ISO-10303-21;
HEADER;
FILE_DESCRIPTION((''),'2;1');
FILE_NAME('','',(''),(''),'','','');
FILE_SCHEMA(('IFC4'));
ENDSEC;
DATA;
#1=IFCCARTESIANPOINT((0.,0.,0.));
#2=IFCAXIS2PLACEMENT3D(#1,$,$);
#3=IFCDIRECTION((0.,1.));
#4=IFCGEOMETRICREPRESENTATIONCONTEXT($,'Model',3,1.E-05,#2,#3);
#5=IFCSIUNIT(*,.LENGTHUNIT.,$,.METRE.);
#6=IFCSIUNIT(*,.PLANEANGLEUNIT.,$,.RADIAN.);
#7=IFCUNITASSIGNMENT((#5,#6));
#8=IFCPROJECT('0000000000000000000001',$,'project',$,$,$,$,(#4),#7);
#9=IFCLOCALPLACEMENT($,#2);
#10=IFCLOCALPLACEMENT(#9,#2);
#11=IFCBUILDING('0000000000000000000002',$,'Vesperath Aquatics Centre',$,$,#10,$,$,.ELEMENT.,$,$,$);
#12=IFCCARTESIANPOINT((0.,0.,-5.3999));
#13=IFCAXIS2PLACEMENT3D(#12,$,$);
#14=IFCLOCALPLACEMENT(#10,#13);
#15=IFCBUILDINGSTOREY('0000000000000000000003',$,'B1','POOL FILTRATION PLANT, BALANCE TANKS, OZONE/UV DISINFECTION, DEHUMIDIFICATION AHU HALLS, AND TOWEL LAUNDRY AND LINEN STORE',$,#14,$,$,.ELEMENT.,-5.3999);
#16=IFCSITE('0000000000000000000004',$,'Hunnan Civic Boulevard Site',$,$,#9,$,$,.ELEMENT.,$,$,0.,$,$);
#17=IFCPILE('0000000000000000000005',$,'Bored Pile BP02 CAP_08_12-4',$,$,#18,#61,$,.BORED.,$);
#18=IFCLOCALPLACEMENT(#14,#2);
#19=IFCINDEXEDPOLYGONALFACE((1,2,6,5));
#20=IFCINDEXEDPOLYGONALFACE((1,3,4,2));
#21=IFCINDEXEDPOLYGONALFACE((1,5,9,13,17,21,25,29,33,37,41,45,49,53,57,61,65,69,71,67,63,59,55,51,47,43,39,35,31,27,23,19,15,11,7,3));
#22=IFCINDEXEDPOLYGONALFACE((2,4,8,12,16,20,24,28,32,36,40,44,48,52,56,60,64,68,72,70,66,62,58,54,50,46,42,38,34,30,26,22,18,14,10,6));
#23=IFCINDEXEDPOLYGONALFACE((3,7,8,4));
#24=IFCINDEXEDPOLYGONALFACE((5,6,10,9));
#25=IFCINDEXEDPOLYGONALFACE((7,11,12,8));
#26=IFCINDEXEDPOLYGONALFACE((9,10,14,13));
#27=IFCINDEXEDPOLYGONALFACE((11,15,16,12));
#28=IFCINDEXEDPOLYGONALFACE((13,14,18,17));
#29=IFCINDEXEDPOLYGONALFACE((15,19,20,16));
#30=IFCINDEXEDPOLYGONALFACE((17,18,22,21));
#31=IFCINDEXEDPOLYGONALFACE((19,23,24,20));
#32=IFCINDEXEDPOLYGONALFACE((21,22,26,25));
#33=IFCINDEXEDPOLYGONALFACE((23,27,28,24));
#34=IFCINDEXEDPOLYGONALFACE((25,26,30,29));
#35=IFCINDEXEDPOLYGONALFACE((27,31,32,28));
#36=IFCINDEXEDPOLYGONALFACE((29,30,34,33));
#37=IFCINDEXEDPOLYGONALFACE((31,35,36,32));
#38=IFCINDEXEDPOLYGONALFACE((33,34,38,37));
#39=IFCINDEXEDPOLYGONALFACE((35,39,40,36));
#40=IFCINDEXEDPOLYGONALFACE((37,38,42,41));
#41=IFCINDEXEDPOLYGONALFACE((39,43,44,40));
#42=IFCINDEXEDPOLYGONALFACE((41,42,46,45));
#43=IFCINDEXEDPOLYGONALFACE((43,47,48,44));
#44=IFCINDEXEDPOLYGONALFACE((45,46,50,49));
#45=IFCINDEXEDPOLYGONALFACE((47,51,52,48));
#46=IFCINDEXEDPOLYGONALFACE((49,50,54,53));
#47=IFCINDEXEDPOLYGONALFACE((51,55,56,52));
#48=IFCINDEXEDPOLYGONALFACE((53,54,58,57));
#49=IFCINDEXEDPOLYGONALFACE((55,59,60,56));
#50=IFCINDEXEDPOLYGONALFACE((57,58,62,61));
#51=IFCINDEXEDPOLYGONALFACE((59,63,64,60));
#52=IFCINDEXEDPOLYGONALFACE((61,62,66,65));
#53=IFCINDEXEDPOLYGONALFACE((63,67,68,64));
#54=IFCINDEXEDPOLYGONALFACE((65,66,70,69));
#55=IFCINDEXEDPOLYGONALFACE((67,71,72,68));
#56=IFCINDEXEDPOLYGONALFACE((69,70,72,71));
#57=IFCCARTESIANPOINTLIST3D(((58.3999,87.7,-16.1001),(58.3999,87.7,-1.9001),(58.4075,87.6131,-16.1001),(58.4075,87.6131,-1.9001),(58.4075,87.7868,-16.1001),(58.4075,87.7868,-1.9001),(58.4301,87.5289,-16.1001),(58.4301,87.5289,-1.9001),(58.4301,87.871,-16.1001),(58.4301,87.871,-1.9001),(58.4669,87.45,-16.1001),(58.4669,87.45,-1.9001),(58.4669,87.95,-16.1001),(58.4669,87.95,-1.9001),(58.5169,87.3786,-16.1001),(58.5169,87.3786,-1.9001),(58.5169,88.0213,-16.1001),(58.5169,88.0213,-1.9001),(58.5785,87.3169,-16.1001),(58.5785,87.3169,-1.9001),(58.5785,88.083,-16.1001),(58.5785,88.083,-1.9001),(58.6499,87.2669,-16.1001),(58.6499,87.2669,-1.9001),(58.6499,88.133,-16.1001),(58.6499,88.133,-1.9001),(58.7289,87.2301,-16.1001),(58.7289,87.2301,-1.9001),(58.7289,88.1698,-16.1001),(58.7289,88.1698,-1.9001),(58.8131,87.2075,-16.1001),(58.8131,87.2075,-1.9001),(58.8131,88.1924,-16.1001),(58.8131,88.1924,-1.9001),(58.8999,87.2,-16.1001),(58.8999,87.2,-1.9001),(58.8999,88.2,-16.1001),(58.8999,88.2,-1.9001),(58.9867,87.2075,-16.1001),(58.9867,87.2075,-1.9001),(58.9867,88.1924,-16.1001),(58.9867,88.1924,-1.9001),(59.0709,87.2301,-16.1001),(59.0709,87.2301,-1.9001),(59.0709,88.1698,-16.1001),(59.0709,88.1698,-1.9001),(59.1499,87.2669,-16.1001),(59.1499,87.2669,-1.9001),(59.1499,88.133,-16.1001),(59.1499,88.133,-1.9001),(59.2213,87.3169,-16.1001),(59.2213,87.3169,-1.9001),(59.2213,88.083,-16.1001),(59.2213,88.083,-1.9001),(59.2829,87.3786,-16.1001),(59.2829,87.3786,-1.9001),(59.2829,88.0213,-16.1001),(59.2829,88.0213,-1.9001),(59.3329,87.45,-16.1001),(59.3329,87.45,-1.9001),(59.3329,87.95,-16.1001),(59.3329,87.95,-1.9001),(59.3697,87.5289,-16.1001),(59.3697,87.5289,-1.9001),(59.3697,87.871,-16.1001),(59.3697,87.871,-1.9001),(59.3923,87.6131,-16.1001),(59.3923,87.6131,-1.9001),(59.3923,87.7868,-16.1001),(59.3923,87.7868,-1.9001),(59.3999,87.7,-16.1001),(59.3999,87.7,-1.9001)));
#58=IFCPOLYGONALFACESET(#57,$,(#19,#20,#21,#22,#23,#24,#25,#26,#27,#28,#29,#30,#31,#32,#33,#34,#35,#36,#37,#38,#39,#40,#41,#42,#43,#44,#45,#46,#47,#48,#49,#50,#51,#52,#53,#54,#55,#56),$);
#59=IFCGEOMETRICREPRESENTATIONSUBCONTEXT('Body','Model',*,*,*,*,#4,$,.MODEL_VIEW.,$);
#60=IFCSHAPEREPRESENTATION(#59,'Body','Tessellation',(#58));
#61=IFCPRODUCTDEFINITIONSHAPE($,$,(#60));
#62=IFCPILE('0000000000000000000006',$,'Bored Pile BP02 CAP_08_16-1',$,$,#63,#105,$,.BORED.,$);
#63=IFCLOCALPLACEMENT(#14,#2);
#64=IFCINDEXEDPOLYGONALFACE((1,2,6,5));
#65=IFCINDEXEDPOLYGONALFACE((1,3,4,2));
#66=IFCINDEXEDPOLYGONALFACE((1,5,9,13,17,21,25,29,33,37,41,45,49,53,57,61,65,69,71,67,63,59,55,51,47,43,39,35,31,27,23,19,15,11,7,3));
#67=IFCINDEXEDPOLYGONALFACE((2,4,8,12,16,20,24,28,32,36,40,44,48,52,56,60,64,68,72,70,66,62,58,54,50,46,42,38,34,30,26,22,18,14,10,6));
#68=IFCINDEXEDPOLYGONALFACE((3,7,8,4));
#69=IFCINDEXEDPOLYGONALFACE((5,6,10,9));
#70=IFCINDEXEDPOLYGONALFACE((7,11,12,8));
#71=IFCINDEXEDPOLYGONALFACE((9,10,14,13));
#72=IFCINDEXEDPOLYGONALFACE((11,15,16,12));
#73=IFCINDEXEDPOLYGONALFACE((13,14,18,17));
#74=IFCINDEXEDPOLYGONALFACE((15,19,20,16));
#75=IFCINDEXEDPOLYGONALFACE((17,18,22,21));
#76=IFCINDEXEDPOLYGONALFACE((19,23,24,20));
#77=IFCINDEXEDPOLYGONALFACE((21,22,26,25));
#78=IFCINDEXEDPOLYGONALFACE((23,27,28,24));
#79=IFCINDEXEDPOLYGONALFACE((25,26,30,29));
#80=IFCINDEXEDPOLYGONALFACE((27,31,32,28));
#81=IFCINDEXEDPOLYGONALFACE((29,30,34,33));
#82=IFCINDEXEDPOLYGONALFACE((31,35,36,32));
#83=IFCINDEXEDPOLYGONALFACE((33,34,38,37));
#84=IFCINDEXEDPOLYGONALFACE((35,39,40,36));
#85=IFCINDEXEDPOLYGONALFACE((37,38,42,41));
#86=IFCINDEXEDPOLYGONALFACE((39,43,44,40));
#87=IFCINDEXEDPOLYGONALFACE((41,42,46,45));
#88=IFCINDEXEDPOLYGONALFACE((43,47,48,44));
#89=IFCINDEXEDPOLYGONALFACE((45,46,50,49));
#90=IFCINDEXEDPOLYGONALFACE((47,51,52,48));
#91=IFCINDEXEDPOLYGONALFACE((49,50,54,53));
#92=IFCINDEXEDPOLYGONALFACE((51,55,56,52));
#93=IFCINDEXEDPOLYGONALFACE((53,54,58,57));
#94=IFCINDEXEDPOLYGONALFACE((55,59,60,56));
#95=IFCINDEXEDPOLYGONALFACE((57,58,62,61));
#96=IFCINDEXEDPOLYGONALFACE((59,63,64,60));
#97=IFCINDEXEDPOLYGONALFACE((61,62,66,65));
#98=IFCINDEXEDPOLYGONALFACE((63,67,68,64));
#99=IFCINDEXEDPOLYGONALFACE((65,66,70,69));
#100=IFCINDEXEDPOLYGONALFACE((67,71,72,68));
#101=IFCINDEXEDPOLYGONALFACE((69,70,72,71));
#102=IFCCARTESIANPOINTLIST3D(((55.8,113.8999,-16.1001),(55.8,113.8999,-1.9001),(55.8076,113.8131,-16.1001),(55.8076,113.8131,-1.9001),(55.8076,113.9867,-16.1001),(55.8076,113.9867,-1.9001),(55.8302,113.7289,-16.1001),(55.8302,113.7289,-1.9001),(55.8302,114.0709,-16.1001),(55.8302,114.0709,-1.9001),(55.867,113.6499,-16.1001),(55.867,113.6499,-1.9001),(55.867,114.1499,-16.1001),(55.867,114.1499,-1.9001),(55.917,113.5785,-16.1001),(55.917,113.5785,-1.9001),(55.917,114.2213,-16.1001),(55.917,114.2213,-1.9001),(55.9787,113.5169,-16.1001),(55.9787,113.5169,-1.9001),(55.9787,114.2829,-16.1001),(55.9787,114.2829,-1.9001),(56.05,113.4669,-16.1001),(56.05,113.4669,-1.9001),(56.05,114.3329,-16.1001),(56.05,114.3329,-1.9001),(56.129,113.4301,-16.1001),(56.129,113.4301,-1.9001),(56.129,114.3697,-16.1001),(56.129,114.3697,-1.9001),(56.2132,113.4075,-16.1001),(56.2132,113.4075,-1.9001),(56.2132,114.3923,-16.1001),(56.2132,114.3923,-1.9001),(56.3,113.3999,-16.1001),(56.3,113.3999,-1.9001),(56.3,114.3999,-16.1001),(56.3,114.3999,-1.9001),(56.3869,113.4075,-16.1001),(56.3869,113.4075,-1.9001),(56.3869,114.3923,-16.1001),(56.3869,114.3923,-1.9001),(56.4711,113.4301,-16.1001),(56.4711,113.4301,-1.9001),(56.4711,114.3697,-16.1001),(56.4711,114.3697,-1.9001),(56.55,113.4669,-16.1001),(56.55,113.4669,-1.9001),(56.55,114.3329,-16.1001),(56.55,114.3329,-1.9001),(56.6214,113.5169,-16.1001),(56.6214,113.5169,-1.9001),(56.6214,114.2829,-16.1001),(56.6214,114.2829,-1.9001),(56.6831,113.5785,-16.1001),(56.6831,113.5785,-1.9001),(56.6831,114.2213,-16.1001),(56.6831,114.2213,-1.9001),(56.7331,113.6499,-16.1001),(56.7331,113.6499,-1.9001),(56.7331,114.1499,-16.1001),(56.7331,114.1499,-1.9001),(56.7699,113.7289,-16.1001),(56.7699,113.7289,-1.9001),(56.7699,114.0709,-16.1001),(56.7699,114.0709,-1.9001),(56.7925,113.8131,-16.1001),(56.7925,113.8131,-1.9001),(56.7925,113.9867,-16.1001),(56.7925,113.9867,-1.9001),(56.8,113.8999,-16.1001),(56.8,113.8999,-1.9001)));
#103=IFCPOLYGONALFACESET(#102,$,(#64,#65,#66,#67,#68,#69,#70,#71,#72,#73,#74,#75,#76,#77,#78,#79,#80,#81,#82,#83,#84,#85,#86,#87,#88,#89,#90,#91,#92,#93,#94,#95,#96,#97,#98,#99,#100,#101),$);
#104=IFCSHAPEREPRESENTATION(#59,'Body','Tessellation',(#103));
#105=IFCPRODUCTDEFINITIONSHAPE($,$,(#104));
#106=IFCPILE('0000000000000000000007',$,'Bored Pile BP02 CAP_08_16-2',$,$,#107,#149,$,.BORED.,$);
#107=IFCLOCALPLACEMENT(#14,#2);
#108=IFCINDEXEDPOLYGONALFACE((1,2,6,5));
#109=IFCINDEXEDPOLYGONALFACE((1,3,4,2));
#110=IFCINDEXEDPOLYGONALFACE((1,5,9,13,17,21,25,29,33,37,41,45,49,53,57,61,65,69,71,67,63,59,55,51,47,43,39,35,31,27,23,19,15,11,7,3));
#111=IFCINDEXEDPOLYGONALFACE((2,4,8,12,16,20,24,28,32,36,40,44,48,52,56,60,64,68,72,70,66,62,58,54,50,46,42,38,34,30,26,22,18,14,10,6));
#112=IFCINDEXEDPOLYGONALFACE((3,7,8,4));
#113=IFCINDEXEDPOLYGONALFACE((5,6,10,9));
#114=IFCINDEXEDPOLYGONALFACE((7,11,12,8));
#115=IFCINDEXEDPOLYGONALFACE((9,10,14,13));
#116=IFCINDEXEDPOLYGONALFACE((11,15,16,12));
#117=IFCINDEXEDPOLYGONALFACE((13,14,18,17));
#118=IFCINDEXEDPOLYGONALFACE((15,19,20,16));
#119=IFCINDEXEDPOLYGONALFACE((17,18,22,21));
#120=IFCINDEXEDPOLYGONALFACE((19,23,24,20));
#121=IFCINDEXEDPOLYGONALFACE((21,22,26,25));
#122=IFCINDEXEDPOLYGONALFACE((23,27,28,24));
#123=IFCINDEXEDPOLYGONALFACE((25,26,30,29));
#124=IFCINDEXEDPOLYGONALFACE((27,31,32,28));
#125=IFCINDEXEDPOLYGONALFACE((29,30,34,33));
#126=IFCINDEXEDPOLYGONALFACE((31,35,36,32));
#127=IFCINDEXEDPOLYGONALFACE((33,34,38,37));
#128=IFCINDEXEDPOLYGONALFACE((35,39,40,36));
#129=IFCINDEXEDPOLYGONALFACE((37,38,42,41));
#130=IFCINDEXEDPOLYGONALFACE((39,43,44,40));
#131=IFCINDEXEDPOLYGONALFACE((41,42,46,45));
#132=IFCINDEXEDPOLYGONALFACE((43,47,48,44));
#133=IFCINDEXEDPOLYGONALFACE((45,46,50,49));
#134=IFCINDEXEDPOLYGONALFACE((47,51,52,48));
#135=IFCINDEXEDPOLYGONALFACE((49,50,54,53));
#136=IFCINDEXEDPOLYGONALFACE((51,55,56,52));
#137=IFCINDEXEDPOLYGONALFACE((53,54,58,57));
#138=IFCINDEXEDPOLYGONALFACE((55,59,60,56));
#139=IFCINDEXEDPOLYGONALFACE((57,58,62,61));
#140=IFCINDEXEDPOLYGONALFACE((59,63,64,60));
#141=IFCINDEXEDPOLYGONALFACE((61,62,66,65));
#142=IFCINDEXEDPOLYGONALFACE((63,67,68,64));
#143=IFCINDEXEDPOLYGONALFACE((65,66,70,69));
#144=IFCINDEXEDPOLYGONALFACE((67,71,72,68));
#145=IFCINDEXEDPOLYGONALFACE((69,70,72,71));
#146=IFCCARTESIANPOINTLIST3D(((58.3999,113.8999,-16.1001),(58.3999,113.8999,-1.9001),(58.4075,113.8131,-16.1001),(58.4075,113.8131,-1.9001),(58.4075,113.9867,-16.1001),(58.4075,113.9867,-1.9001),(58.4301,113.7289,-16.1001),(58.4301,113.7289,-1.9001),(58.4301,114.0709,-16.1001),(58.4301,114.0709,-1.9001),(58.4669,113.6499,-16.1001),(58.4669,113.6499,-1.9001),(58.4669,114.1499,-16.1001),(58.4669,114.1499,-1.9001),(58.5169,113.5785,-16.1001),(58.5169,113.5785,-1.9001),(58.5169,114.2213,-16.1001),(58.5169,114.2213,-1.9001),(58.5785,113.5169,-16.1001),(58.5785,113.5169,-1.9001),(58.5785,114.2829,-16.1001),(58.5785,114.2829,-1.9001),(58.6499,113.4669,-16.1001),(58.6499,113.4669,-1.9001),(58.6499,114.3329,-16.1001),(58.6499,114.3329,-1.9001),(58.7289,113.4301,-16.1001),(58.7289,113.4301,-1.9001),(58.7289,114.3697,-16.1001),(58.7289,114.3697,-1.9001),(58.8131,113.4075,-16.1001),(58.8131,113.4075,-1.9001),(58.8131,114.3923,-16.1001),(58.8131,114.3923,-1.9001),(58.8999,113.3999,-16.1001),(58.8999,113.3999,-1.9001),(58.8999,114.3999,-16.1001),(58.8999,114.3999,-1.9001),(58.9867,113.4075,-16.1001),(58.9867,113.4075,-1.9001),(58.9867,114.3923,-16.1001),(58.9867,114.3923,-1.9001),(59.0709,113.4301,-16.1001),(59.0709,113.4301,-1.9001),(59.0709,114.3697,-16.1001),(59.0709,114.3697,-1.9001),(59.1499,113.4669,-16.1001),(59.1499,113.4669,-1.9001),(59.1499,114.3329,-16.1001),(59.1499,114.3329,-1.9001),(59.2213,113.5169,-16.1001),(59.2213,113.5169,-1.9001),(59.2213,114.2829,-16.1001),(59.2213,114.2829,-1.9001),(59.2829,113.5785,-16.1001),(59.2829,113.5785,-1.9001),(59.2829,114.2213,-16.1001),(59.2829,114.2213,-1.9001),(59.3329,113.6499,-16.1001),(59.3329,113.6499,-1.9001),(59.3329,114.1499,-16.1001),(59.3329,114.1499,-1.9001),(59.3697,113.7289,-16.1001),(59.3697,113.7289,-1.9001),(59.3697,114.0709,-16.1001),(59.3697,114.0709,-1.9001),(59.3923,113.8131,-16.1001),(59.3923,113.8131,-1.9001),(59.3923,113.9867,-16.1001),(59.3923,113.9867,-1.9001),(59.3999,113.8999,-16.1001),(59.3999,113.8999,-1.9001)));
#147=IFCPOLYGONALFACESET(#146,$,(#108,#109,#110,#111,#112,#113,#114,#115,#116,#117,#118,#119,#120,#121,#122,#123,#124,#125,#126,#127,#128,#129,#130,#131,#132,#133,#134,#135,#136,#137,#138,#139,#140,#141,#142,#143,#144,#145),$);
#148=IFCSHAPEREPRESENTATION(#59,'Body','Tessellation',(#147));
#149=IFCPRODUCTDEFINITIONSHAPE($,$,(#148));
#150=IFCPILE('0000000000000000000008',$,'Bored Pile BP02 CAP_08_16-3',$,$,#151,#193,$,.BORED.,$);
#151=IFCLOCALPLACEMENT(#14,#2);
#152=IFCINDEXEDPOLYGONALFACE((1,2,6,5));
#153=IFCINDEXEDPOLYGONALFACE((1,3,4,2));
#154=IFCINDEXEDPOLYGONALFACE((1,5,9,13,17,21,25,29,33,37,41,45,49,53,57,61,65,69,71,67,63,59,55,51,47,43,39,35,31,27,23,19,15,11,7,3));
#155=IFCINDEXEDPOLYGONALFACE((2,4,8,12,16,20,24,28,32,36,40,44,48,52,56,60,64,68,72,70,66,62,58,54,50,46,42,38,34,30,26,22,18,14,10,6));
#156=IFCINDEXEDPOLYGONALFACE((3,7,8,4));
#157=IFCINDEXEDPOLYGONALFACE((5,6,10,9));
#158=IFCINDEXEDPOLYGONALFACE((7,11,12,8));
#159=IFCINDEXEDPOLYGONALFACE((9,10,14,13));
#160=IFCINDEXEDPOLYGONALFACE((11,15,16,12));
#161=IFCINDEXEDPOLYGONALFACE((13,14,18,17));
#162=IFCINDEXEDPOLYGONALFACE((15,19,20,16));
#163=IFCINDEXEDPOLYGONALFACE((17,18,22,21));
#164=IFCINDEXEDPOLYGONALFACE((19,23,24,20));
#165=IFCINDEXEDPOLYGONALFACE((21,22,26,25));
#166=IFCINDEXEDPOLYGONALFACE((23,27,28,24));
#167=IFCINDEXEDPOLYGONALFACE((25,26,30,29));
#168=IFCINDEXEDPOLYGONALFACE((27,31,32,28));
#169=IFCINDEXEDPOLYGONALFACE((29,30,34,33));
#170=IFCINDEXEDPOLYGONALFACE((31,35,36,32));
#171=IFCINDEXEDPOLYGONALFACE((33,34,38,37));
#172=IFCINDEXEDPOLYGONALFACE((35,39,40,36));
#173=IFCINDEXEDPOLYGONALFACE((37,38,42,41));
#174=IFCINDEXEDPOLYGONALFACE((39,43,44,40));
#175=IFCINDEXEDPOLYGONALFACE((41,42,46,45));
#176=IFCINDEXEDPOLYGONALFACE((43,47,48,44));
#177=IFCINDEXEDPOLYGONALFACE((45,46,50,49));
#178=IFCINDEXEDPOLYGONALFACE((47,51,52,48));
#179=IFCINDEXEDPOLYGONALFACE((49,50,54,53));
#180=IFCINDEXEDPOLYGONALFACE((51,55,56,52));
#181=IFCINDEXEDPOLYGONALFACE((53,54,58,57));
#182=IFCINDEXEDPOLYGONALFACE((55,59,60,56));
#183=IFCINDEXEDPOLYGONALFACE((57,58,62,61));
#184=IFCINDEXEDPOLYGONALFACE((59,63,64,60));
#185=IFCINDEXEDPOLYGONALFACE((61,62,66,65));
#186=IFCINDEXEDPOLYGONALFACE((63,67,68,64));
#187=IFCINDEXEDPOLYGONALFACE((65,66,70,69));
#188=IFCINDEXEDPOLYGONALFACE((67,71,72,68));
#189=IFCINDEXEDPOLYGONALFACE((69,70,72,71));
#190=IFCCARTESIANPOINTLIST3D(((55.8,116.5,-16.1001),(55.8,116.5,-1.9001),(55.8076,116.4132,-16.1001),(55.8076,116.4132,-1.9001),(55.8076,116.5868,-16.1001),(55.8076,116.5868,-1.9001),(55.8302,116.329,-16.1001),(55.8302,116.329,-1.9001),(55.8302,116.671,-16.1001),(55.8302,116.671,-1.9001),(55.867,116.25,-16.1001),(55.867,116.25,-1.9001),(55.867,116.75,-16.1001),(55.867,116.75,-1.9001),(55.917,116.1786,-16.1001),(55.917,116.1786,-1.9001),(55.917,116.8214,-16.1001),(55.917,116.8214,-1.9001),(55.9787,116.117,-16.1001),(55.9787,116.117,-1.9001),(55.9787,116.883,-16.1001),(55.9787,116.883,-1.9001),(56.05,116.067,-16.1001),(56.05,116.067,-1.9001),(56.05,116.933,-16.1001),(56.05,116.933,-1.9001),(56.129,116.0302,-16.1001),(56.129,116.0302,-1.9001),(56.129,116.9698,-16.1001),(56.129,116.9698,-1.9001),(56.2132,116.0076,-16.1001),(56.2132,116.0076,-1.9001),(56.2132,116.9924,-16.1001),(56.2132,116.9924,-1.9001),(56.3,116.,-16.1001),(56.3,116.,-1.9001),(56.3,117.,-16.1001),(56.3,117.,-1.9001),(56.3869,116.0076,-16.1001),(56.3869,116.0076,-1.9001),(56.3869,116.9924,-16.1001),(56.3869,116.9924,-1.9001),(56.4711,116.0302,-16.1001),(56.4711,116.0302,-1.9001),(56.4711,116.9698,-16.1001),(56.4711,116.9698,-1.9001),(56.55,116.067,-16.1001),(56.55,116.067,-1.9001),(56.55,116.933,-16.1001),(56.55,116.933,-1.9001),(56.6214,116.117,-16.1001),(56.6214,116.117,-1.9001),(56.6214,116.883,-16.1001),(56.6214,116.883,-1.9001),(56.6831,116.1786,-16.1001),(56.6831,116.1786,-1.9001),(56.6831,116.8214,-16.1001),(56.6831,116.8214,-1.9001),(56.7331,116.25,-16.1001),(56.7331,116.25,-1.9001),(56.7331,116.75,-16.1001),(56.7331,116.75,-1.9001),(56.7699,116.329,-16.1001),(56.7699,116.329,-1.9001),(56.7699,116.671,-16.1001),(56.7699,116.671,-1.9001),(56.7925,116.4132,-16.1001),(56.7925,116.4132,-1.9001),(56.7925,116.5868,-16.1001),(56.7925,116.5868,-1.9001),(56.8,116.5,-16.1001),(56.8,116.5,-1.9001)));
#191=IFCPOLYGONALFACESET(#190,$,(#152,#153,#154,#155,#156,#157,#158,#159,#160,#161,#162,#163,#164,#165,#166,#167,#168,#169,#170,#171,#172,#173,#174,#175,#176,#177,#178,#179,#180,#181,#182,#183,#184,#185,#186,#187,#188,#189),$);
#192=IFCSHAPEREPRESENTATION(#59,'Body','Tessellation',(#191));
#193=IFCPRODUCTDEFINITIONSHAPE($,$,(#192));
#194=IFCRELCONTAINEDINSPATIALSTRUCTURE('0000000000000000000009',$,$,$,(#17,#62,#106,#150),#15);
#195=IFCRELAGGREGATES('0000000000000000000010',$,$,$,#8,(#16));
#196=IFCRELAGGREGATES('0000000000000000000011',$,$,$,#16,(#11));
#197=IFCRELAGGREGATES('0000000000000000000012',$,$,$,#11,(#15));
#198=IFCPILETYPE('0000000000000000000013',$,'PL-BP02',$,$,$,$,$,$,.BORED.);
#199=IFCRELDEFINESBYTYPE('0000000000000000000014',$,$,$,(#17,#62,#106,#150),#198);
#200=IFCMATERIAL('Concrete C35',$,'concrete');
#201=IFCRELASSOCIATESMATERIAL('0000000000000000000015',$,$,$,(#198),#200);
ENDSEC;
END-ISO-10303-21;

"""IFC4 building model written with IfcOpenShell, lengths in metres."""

from ifc_helpers import new_model, si_unit, direction, frame, origin, origin_2d, place, context, subcontext, project, spatial, circle, extrude, material, material_profile, profile_set, type_object, element, save


model = new_model("IFC4")

# Units and contexts
model_context = context("Model", 3, precision=1e-05, world=origin(), true_north=direction((0.0, 1.0)))
body_context = subcontext(model_context, "Body", "Model", "MODEL_VIEW")
ifc_project = project(units=[si_unit("LENGTHUNIT", "METRE"), si_unit("PLANEANGLEUNIT", "RADIAN")], contexts=[model_context])

# Site, building, storey
site_placement = place(None, origin())
site = spatial("IfcSite", under=ifc_project, at=site_placement, Name="Hunnan Civic Boulevard Site", CompositionType="ELEMENT", RefElevation=0.0)
building_placement = place(site_placement, origin())
building = spatial("IfcBuilding", under=site, at=building_placement, Name="Vesperath Aquatics Centre", CompositionType="ELEMENT")
storey_placement = place(building_placement, frame((0.0, 0.0, -5.3999)))
storey = spatial("IfcBuildingStorey", under=building, at=storey_placement, Name="B1", Description="POOL FILTRATION PLANT, BALANCE TANKS, OZONE/UV DISINFECTION, DEHUMIDIFICATION AHU HALLS, AND TOWEL LAUNDRY AND LINEN STORE", CompositionType="ELEMENT", Elevation=-5.3999)

# Piles
ifc_material_1 = material(Name="Concrete C35", Category="concrete")
ifc_material_profile_1 = material_profile(ifc_material_1, circle(Radius=0.5, at=origin_2d()), Name="PILE D1000")
ifc_profile_set_1 = profile_set([ifc_material_profile_1], Name="Concrete C35")
pile_type_1 = type_object("IfcPileType", Name="PL-BP02", PredefinedType="BORED", material=ifc_profile_set_1)
for number, where, z_axis, x_axis, name in (
    (1, (58.8999, 87.7, -1.9001), (0.0, 0.0, -1.0), (1.0, 0.0, 0.0), "Bored Pile BP02 CAP_08_12-4"),
    (2, (56.3, 113.8999, -1.9001), (0.0, 0.0, -1.0), (1.0, 0.0, 0.0), "Bored Pile BP02 CAP_08_16-1"),
    (3, (58.8999, 113.8999, -1.9001), (0.0, 0.0, -1.0), (1.0, 0.0, 0.0), "Bored Pile BP02 CAP_08_16-2"),
    (4, (56.3, 116.5, -1.9001), (0.0, 0.0, -1.0), (1.0, 0.0, 0.0), "Bored Pile BP02 CAP_08_16-3"),
):
    element("IfcPile", number, at=place(storey_placement, frame(where, z_axis=z_axis, x_axis=x_axis)), inside=storey, type_object=pile_type_1, Name=name, PredefinedType="BORED", context=body_context, shape_type="SweptSolid", body=[
        extrude(circle(Radius=0.5, at=origin_2d()), origin(), (0.0, 0.0, 1.0), 14.2),
    ])

save(model, "model.ifc")
